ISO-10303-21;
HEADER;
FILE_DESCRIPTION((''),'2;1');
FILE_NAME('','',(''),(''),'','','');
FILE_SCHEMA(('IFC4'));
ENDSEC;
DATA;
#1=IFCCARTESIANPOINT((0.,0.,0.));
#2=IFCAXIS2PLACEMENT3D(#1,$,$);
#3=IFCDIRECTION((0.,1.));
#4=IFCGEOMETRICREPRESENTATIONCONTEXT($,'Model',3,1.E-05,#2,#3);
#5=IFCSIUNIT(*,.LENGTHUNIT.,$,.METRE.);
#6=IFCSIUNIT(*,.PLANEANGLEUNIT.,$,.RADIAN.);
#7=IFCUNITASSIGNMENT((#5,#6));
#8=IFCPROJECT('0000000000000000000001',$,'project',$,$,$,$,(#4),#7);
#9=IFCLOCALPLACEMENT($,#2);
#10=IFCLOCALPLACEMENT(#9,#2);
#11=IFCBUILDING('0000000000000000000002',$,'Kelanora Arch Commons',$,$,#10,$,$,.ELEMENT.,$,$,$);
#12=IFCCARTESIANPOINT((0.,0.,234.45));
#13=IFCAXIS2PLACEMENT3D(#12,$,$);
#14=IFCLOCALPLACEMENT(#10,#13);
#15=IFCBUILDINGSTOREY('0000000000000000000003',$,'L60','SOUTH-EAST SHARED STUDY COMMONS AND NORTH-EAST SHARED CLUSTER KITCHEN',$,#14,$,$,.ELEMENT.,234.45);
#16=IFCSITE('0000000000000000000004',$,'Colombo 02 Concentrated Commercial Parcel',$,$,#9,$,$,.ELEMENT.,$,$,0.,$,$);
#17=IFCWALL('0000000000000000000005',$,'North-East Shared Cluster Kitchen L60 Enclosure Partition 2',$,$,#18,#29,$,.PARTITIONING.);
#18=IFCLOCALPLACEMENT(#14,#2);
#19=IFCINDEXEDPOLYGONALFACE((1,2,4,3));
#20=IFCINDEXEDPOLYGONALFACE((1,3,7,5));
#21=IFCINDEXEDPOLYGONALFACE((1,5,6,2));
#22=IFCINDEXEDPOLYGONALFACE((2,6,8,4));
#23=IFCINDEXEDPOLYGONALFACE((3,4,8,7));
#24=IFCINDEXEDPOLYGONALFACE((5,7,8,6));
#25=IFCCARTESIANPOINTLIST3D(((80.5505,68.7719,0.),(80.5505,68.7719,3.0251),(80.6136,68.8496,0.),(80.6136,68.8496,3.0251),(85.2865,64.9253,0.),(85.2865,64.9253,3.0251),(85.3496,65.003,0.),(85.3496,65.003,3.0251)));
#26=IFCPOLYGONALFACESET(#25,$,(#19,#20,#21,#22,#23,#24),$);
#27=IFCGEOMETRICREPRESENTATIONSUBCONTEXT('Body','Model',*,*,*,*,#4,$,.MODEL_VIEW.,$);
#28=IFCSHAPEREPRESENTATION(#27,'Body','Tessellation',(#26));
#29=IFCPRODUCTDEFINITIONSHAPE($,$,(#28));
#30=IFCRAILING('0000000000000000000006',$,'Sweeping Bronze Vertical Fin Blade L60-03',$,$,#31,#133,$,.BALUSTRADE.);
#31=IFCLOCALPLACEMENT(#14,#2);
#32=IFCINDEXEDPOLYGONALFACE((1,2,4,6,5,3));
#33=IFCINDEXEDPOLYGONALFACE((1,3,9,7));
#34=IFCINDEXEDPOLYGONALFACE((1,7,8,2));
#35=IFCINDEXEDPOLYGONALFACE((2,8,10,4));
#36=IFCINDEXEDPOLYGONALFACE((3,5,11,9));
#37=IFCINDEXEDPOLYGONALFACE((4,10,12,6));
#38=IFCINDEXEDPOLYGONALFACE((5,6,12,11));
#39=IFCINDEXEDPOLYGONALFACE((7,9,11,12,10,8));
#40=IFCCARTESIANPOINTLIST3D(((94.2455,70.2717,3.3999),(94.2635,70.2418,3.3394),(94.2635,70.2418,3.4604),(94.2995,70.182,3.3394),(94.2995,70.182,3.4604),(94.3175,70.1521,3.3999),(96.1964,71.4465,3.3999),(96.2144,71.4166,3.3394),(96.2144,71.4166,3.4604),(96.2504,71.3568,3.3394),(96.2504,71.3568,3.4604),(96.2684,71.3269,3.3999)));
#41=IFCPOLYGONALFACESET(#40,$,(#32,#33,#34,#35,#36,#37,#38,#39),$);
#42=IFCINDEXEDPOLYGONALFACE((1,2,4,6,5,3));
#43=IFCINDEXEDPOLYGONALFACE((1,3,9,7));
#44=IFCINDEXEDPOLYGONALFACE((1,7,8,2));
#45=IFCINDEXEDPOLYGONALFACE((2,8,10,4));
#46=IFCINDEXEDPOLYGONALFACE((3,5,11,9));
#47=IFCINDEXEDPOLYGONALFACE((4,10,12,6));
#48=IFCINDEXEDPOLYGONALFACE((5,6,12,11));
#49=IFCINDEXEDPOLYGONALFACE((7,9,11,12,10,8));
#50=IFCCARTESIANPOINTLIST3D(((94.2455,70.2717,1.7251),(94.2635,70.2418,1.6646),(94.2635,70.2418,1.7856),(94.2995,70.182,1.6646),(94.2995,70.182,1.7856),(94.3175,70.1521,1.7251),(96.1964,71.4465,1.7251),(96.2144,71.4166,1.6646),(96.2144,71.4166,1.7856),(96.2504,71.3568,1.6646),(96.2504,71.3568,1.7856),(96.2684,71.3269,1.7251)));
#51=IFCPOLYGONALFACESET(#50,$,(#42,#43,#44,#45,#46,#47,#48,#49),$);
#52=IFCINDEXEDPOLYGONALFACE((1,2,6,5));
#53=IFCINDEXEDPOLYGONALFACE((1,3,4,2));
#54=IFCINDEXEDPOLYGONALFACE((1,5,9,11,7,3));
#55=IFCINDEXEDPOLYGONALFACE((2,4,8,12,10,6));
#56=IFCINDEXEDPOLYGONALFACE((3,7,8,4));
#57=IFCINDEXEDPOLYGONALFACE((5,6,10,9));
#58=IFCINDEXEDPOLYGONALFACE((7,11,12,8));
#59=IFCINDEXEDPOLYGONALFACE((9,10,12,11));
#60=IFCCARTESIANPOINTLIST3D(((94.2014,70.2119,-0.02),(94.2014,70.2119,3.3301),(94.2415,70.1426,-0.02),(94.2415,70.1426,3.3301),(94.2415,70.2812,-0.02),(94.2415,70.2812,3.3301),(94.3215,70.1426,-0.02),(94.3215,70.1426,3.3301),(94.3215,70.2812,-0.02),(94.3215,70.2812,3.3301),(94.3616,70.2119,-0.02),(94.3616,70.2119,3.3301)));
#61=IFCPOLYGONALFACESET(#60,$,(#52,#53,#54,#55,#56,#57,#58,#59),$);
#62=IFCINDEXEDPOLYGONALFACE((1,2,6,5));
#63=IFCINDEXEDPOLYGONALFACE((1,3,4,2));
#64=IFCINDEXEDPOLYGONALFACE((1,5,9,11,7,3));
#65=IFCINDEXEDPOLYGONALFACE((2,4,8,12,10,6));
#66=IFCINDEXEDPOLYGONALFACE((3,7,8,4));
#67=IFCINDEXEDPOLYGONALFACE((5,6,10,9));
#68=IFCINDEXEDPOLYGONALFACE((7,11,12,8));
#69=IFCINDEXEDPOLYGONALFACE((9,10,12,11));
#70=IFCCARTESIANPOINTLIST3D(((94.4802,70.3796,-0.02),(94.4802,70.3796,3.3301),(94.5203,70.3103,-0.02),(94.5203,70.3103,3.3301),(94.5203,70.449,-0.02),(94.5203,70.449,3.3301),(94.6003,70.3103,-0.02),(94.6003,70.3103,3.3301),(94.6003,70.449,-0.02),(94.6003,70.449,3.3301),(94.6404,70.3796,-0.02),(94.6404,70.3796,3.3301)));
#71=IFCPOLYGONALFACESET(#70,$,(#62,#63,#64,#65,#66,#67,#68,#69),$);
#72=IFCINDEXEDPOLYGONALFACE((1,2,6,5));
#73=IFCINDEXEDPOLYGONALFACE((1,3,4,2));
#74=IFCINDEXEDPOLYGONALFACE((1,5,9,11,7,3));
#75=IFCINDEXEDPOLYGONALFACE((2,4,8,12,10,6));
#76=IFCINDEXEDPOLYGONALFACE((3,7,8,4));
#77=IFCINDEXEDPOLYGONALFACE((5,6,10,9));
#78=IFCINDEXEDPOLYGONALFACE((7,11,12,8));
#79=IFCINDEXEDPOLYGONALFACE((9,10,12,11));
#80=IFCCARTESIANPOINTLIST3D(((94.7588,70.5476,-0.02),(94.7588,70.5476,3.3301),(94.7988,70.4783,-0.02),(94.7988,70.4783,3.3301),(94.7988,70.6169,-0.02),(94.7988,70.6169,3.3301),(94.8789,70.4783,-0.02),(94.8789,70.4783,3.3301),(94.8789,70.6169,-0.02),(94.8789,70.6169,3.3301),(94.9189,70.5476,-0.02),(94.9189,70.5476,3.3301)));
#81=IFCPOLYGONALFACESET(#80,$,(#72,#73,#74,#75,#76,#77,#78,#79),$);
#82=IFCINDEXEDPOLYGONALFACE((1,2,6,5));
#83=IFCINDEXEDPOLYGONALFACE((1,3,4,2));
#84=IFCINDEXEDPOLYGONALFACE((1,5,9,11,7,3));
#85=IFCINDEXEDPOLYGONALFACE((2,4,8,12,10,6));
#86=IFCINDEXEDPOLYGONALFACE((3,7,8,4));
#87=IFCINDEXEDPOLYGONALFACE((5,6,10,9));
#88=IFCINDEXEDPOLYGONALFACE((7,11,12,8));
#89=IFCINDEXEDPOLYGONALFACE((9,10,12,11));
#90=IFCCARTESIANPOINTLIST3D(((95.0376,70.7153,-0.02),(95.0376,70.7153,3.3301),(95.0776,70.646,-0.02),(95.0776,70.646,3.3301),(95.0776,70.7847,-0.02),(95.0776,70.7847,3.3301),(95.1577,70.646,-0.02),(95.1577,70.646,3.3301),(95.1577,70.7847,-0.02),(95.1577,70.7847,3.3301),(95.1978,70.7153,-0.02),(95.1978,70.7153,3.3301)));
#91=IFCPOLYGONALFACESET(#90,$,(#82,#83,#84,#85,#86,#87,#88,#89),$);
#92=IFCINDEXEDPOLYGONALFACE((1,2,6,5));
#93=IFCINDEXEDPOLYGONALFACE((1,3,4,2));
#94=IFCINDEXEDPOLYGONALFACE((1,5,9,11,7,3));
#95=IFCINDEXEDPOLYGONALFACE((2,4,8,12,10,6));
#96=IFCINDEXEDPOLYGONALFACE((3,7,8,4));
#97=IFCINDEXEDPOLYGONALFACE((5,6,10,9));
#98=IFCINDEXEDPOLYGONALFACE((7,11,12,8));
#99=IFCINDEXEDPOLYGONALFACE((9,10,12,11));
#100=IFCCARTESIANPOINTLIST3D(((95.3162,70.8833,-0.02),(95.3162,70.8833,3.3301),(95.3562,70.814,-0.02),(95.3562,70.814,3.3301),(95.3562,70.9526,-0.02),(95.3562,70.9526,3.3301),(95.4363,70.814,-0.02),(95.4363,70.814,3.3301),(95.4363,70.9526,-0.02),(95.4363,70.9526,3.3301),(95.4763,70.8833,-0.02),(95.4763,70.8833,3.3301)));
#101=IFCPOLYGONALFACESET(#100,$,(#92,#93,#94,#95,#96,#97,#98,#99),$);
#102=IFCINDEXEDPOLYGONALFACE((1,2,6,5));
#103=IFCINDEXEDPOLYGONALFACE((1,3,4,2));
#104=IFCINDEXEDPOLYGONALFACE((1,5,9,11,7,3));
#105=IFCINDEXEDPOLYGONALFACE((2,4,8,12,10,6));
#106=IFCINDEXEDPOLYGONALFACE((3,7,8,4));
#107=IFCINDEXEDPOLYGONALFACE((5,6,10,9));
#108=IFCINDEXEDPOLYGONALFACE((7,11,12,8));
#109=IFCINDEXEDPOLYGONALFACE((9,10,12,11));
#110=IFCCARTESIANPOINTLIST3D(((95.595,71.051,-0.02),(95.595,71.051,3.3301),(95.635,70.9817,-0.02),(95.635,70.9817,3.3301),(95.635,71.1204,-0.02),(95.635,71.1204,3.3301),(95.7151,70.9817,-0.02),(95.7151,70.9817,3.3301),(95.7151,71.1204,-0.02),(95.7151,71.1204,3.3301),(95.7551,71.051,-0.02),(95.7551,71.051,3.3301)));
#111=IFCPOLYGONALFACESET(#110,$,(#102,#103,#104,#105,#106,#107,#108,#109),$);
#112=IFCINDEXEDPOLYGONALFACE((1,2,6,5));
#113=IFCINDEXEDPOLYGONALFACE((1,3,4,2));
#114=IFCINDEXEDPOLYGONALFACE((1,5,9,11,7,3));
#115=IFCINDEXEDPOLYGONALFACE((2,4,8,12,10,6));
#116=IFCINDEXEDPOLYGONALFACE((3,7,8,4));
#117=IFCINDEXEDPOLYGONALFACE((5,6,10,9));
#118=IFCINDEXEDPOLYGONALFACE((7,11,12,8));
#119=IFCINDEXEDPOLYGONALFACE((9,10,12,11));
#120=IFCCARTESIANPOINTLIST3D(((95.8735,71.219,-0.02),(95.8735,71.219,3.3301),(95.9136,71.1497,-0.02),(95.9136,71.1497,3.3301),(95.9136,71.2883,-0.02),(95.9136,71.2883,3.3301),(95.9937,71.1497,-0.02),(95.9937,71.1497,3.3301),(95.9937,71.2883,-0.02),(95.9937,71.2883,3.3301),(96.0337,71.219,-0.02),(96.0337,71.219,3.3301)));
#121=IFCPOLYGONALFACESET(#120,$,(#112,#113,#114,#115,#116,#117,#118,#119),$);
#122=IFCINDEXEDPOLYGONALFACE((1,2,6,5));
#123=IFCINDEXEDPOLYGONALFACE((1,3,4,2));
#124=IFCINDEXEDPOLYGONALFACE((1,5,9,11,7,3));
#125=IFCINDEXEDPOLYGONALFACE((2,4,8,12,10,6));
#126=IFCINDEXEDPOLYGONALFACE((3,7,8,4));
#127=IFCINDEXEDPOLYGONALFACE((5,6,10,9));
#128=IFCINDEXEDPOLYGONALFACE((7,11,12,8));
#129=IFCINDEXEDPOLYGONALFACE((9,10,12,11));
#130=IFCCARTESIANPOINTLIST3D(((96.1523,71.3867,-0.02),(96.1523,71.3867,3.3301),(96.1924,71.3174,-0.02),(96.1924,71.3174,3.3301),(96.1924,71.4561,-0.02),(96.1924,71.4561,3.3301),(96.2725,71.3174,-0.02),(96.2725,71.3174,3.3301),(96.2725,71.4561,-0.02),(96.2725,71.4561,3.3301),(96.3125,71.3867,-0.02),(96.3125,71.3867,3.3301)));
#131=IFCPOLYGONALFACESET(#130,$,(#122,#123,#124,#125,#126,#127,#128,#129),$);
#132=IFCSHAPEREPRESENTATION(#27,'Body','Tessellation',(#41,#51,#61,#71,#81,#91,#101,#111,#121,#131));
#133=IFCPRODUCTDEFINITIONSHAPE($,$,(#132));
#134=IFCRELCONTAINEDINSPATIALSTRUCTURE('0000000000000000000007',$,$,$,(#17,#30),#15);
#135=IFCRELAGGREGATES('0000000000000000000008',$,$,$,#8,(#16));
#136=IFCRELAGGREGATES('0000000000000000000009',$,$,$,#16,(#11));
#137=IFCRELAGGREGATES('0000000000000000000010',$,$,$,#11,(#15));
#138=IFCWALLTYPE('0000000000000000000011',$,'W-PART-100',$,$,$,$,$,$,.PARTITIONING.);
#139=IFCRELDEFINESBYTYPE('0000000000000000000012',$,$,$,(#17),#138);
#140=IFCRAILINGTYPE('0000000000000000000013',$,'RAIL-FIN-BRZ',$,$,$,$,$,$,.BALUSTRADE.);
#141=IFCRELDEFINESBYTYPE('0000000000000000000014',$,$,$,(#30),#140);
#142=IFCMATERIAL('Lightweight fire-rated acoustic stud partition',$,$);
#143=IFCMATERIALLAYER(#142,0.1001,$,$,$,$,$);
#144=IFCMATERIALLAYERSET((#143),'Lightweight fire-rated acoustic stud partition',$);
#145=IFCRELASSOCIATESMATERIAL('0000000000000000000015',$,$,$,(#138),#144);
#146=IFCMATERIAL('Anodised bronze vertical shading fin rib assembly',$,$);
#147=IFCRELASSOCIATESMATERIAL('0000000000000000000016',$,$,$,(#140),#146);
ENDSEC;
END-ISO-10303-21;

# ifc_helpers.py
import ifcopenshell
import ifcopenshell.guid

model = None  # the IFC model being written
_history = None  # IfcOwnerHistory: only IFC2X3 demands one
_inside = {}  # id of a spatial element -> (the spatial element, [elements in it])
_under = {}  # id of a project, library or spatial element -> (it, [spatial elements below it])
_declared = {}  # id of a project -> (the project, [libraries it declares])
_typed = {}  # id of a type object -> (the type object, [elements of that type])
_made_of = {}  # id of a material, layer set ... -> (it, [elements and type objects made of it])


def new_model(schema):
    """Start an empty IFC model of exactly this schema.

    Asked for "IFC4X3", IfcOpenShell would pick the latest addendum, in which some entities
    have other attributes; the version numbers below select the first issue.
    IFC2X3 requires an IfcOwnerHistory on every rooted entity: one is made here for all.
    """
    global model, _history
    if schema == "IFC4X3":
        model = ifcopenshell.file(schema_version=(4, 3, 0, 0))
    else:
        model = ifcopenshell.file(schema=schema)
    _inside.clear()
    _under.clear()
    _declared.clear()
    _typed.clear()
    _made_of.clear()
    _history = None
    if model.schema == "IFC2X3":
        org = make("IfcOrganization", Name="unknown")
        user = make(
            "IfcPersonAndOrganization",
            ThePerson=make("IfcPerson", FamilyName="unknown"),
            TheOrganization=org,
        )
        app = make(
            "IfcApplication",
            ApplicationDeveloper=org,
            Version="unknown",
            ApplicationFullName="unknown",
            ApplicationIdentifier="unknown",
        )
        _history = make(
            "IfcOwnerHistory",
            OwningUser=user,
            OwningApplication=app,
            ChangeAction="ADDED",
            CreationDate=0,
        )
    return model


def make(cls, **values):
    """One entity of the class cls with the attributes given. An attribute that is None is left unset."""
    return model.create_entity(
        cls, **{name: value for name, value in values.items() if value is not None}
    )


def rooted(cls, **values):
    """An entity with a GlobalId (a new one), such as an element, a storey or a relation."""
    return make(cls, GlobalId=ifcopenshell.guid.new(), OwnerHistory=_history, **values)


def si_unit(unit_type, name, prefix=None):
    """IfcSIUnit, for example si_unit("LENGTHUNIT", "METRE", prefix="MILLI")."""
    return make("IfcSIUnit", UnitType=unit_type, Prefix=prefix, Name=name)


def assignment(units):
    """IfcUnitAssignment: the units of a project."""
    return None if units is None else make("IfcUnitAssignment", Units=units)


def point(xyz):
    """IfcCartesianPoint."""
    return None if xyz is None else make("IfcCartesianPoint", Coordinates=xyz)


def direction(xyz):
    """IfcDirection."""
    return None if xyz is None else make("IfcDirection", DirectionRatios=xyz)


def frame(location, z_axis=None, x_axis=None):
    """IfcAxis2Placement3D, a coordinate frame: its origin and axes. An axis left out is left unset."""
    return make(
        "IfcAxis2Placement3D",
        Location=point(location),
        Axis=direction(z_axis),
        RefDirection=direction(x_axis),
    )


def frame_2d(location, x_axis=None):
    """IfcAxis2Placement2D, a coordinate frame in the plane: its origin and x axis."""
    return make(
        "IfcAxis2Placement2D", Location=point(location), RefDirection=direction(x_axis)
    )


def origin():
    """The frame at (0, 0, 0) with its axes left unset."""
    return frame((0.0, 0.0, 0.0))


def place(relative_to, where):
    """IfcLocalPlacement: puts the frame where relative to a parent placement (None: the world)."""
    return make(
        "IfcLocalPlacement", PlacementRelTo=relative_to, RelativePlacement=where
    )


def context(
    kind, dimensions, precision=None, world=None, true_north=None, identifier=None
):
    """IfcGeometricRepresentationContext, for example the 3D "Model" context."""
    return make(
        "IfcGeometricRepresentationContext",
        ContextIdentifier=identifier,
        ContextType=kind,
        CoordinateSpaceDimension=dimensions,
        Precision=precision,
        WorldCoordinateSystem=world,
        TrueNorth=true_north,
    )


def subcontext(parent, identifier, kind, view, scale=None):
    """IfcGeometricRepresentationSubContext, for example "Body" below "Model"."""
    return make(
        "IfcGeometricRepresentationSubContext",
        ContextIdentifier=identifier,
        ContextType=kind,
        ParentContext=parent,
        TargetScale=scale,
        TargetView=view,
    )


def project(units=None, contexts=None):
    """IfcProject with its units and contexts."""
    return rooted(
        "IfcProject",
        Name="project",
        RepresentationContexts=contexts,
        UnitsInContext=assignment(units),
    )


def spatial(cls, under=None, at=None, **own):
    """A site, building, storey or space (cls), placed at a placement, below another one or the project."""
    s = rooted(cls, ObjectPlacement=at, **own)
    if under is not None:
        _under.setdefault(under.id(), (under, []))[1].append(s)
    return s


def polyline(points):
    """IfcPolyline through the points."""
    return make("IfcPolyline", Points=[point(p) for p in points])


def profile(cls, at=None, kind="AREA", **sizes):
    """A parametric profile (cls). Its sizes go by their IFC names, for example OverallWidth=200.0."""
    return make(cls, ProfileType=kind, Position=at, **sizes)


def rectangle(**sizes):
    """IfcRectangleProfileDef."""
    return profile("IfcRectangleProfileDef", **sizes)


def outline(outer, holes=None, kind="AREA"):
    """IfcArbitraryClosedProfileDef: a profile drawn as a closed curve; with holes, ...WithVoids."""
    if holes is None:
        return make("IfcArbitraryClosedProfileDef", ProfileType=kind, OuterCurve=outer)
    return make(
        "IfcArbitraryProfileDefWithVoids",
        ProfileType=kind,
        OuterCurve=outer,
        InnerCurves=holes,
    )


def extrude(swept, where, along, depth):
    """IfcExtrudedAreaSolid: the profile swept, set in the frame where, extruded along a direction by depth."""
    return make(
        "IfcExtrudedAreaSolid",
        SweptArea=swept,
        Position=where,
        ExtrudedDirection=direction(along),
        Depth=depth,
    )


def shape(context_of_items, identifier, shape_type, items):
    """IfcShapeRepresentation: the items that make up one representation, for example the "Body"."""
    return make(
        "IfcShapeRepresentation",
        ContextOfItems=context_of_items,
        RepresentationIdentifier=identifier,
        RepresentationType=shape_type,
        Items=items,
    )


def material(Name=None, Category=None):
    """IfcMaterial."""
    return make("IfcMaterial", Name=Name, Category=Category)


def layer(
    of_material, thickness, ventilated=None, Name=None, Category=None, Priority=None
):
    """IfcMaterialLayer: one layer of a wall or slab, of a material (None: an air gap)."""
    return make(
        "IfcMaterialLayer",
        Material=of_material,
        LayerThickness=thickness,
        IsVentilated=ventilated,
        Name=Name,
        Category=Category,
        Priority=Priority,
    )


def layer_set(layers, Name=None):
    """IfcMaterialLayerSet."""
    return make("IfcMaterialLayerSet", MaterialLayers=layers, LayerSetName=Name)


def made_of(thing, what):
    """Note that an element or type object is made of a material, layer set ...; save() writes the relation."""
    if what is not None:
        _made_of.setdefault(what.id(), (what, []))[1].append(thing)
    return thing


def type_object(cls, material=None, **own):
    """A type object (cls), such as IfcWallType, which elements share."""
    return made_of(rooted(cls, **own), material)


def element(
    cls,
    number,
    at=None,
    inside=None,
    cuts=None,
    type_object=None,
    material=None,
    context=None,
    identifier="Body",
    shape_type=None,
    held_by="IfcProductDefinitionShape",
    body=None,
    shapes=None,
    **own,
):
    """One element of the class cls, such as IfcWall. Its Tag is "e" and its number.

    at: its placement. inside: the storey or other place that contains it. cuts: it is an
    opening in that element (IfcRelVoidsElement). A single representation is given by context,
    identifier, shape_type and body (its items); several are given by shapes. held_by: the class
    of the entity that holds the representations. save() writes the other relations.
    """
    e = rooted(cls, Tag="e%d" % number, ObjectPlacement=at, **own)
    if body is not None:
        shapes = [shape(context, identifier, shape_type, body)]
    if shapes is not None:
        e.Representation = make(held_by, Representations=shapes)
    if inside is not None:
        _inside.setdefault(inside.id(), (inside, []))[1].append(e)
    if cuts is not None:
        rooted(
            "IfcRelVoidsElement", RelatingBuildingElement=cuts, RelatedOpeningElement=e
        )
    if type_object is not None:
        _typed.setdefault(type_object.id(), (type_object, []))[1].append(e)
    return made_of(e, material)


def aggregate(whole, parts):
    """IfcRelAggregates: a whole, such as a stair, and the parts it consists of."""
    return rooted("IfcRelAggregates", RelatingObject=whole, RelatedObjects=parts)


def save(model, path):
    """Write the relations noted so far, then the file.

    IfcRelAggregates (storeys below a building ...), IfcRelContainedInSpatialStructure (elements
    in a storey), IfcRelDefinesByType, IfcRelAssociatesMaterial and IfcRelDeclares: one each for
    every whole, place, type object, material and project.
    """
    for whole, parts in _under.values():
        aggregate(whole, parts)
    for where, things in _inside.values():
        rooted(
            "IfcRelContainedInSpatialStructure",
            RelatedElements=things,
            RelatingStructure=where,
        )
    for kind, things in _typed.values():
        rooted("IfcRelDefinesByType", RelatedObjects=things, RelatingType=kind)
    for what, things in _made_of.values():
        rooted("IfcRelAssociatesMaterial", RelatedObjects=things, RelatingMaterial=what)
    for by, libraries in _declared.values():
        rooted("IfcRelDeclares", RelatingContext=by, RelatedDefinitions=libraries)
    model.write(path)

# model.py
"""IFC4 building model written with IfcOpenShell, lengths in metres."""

from ifc_helpers import new_model, si_unit, direction, frame, frame_2d, origin, place, context, subcontext, project, spatial, polyline, rectangle, outline, extrude, material, layer, layer_set, type_object, element, save


model = new_model("IFC4")

# Units and contexts
model_context = context("Model", 3, precision=1e-05, world=origin(), true_north=direction((0.0, 1.0)))
body_context = subcontext(model_context, "Body", "Model", "MODEL_VIEW")
ifc_project = project(units=[si_unit("LENGTHUNIT", "METRE"), si_unit("PLANEANGLEUNIT", "RADIAN")], contexts=[model_context])

# Site, building, storey
site_placement = place(None, origin())
site = spatial("IfcSite", under=ifc_project, at=site_placement, Name="Colombo 02 Concentrated Commercial Parcel", CompositionType="ELEMENT", RefElevation=0.0)
building_placement = place(site_placement, origin())
building = spatial("IfcBuilding", under=site, at=building_placement, Name="Kelanora Arch Commons", CompositionType="ELEMENT")
storey_placement = place(building_placement, frame((0.0, 0.0, 234.45)))
storey = spatial("IfcBuildingStorey", under=building, at=storey_placement, Name="L60", Description="SOUTH-EAST SHARED STUDY COMMONS AND NORTH-EAST SHARED CLUSTER KITCHEN", CompositionType="ELEMENT", Elevation=234.45)

# Wall
ifc_material_1 = material(Name="Lightweight fire-rated acoustic stud partition")
ifc_layer_1 = layer(ifc_material_1, 0.1001)
ifc_layer_set_1 = layer_set([ifc_layer_1], Name="Lightweight fire-rated acoustic stud partition")
wall_type_1 = type_object("IfcWallType", Name="W-PART-100", PredefinedType="PARTITIONING", material=ifc_layer_set_1)
wall_1_placement = place(storey_placement, frame((85.3181, 64.9641, 0.0), z_axis=(0.0, 0.0, 1.0), x_axis=(-0.776225, 0.630456, 0.0)))
element("IfcWall", 1, at=wall_1_placement, inside=storey, type_object=wall_type_1, Name="North-East Shared Cluster Kitchen L60 Enclosure Partition 2", PredefinedType="PARTITIONING", context=body_context, shape_type="SweptSolid", body=[
    extrude(rectangle(XDim=6.1013, YDim=0.1001, at=frame_2d((3.0508, 0.0))), origin(), (0.0, 0.0, 1.0), 3.0251),
])

# Railing
ifc_material_2 = material(Name="Anodised bronze vertical shading fin rib assembly")
railing_type = type_object("IfcRailingType", Name="RAIL-FIN-BRZ", PredefinedType="BALUSTRADE", material=ifc_material_2)
railing_1_placement = place(storey_placement, frame((94.2815, 70.2119, -0.02)))
element("IfcRailing", 2, at=railing_1_placement, inside=storey, type_object=railing_type, Name="Sweeping Bronze Vertical Fin Blade L60-03", PredefinedType="BALUSTRADE", context=body_context, shape_type="SweptSolid", body=[
    extrude(outline(polyline([(0.0698, 0.0), (0.0349, 0.0605), (-0.0349, 0.0605), (-0.0698, 0.0), (-0.0349, -0.0605), (0.0349, -0.0605), (0.0698, 0.0)])), frame((0.0, 0.0, 3.4199), z_axis=(0.856669, 0.515867, 0.0), x_axis=(-0.515867, 0.856669, 0.0)), (0.0, 0.0, 1.0), 2.2773),
    extrude(outline(polyline([(0.0698, 0.0), (0.0349, 0.0605), (-0.0349, 0.0605), (-0.0698, 0.0), (-0.0349, -0.0605), (0.0349, -0.0605), (0.0698, 0.0)])), frame((0.0, 0.0, 1.7451), z_axis=(0.856669, 0.515867, 0.0), x_axis=(-0.515867, 0.856669, 0.0)), (0.0, 0.0, 1.0), 2.2773),
    extrude(outline(polyline([(0.0801, 0.0), (0.04, 0.0693), (-0.04, 0.0693), (-0.0801, 0.0), (-0.04, -0.0693), (0.04, -0.0693), (0.0801, 0.0)])), origin(), (0.0, 0.0, 1.0), 3.3501),
    extrude(outline(polyline([(0.0801, 0.0), (0.04, 0.0693), (-0.04, 0.0693), (-0.0801, 0.0), (-0.04, -0.0693), (0.04, -0.0693), (0.0801, 0.0)])), frame((0.2788, 0.1677, 0.0)), (0.0, 0.0, 1.0), 3.3501),
    extrude(outline(polyline([(0.0801, 0.0), (0.04, 0.0693), (-0.04, 0.0693), (-0.0801, 0.0), (-0.04, -0.0693), (0.04, -0.0693), (0.0801, 0.0)])), frame((0.5574, 0.3357, 0.0)), (0.0, 0.0, 1.0), 3.3501),
    extrude(outline(polyline([(0.0801, 0.0), (0.04, 0.0693), (-0.04, 0.0693), (-0.0801, 0.0), (-0.04, -0.0693), (0.04, -0.0693), (0.0801, 0.0)])), frame((0.8362, 0.5034, 0.0)), (0.0, 0.0, 1.0), 3.3501),
    extrude(outline(polyline([(0.0801, 0.0), (0.04, 0.0693), (-0.04, 0.0693), (-0.0801, 0.0), (-0.04, -0.0693), (0.04, -0.0693), (0.0801, 0.0)])), frame((1.1147, 0.6714, 0.0)), (0.0, 0.0, 1.0), 3.3501),
    extrude(outline(polyline([(0.0801, 0.0), (0.04, 0.0693), (-0.04, 0.0693), (-0.0801, 0.0), (-0.04, -0.0693), (0.04, -0.0693), (0.0801, 0.0)])), frame((1.3936, 0.8391, 0.0)), (0.0, 0.0, 1.0), 3.3501),
    extrude(outline(polyline([(0.0801, 0.0), (0.04, 0.0693), (-0.04, 0.0693), (-0.0801, 0.0), (-0.04, -0.0693), (0.04, -0.0693), (0.0801, 0.0)])), frame((1.6721, 1.0071, 0.0)), (0.0, 0.0, 1.0), 3.3501),
    extrude(outline(polyline([(0.0801, 0.0), (0.04, 0.0693), (-0.04, 0.0693), (-0.0801, 0.0), (-0.04, -0.0693), (0.04, -0.0693), (0.0801, 0.0)])), frame((1.9509, 1.1748, 0.0)), (0.0, 0.0, 1.0), 3.3501),
])

save(model, "model.ifc")
